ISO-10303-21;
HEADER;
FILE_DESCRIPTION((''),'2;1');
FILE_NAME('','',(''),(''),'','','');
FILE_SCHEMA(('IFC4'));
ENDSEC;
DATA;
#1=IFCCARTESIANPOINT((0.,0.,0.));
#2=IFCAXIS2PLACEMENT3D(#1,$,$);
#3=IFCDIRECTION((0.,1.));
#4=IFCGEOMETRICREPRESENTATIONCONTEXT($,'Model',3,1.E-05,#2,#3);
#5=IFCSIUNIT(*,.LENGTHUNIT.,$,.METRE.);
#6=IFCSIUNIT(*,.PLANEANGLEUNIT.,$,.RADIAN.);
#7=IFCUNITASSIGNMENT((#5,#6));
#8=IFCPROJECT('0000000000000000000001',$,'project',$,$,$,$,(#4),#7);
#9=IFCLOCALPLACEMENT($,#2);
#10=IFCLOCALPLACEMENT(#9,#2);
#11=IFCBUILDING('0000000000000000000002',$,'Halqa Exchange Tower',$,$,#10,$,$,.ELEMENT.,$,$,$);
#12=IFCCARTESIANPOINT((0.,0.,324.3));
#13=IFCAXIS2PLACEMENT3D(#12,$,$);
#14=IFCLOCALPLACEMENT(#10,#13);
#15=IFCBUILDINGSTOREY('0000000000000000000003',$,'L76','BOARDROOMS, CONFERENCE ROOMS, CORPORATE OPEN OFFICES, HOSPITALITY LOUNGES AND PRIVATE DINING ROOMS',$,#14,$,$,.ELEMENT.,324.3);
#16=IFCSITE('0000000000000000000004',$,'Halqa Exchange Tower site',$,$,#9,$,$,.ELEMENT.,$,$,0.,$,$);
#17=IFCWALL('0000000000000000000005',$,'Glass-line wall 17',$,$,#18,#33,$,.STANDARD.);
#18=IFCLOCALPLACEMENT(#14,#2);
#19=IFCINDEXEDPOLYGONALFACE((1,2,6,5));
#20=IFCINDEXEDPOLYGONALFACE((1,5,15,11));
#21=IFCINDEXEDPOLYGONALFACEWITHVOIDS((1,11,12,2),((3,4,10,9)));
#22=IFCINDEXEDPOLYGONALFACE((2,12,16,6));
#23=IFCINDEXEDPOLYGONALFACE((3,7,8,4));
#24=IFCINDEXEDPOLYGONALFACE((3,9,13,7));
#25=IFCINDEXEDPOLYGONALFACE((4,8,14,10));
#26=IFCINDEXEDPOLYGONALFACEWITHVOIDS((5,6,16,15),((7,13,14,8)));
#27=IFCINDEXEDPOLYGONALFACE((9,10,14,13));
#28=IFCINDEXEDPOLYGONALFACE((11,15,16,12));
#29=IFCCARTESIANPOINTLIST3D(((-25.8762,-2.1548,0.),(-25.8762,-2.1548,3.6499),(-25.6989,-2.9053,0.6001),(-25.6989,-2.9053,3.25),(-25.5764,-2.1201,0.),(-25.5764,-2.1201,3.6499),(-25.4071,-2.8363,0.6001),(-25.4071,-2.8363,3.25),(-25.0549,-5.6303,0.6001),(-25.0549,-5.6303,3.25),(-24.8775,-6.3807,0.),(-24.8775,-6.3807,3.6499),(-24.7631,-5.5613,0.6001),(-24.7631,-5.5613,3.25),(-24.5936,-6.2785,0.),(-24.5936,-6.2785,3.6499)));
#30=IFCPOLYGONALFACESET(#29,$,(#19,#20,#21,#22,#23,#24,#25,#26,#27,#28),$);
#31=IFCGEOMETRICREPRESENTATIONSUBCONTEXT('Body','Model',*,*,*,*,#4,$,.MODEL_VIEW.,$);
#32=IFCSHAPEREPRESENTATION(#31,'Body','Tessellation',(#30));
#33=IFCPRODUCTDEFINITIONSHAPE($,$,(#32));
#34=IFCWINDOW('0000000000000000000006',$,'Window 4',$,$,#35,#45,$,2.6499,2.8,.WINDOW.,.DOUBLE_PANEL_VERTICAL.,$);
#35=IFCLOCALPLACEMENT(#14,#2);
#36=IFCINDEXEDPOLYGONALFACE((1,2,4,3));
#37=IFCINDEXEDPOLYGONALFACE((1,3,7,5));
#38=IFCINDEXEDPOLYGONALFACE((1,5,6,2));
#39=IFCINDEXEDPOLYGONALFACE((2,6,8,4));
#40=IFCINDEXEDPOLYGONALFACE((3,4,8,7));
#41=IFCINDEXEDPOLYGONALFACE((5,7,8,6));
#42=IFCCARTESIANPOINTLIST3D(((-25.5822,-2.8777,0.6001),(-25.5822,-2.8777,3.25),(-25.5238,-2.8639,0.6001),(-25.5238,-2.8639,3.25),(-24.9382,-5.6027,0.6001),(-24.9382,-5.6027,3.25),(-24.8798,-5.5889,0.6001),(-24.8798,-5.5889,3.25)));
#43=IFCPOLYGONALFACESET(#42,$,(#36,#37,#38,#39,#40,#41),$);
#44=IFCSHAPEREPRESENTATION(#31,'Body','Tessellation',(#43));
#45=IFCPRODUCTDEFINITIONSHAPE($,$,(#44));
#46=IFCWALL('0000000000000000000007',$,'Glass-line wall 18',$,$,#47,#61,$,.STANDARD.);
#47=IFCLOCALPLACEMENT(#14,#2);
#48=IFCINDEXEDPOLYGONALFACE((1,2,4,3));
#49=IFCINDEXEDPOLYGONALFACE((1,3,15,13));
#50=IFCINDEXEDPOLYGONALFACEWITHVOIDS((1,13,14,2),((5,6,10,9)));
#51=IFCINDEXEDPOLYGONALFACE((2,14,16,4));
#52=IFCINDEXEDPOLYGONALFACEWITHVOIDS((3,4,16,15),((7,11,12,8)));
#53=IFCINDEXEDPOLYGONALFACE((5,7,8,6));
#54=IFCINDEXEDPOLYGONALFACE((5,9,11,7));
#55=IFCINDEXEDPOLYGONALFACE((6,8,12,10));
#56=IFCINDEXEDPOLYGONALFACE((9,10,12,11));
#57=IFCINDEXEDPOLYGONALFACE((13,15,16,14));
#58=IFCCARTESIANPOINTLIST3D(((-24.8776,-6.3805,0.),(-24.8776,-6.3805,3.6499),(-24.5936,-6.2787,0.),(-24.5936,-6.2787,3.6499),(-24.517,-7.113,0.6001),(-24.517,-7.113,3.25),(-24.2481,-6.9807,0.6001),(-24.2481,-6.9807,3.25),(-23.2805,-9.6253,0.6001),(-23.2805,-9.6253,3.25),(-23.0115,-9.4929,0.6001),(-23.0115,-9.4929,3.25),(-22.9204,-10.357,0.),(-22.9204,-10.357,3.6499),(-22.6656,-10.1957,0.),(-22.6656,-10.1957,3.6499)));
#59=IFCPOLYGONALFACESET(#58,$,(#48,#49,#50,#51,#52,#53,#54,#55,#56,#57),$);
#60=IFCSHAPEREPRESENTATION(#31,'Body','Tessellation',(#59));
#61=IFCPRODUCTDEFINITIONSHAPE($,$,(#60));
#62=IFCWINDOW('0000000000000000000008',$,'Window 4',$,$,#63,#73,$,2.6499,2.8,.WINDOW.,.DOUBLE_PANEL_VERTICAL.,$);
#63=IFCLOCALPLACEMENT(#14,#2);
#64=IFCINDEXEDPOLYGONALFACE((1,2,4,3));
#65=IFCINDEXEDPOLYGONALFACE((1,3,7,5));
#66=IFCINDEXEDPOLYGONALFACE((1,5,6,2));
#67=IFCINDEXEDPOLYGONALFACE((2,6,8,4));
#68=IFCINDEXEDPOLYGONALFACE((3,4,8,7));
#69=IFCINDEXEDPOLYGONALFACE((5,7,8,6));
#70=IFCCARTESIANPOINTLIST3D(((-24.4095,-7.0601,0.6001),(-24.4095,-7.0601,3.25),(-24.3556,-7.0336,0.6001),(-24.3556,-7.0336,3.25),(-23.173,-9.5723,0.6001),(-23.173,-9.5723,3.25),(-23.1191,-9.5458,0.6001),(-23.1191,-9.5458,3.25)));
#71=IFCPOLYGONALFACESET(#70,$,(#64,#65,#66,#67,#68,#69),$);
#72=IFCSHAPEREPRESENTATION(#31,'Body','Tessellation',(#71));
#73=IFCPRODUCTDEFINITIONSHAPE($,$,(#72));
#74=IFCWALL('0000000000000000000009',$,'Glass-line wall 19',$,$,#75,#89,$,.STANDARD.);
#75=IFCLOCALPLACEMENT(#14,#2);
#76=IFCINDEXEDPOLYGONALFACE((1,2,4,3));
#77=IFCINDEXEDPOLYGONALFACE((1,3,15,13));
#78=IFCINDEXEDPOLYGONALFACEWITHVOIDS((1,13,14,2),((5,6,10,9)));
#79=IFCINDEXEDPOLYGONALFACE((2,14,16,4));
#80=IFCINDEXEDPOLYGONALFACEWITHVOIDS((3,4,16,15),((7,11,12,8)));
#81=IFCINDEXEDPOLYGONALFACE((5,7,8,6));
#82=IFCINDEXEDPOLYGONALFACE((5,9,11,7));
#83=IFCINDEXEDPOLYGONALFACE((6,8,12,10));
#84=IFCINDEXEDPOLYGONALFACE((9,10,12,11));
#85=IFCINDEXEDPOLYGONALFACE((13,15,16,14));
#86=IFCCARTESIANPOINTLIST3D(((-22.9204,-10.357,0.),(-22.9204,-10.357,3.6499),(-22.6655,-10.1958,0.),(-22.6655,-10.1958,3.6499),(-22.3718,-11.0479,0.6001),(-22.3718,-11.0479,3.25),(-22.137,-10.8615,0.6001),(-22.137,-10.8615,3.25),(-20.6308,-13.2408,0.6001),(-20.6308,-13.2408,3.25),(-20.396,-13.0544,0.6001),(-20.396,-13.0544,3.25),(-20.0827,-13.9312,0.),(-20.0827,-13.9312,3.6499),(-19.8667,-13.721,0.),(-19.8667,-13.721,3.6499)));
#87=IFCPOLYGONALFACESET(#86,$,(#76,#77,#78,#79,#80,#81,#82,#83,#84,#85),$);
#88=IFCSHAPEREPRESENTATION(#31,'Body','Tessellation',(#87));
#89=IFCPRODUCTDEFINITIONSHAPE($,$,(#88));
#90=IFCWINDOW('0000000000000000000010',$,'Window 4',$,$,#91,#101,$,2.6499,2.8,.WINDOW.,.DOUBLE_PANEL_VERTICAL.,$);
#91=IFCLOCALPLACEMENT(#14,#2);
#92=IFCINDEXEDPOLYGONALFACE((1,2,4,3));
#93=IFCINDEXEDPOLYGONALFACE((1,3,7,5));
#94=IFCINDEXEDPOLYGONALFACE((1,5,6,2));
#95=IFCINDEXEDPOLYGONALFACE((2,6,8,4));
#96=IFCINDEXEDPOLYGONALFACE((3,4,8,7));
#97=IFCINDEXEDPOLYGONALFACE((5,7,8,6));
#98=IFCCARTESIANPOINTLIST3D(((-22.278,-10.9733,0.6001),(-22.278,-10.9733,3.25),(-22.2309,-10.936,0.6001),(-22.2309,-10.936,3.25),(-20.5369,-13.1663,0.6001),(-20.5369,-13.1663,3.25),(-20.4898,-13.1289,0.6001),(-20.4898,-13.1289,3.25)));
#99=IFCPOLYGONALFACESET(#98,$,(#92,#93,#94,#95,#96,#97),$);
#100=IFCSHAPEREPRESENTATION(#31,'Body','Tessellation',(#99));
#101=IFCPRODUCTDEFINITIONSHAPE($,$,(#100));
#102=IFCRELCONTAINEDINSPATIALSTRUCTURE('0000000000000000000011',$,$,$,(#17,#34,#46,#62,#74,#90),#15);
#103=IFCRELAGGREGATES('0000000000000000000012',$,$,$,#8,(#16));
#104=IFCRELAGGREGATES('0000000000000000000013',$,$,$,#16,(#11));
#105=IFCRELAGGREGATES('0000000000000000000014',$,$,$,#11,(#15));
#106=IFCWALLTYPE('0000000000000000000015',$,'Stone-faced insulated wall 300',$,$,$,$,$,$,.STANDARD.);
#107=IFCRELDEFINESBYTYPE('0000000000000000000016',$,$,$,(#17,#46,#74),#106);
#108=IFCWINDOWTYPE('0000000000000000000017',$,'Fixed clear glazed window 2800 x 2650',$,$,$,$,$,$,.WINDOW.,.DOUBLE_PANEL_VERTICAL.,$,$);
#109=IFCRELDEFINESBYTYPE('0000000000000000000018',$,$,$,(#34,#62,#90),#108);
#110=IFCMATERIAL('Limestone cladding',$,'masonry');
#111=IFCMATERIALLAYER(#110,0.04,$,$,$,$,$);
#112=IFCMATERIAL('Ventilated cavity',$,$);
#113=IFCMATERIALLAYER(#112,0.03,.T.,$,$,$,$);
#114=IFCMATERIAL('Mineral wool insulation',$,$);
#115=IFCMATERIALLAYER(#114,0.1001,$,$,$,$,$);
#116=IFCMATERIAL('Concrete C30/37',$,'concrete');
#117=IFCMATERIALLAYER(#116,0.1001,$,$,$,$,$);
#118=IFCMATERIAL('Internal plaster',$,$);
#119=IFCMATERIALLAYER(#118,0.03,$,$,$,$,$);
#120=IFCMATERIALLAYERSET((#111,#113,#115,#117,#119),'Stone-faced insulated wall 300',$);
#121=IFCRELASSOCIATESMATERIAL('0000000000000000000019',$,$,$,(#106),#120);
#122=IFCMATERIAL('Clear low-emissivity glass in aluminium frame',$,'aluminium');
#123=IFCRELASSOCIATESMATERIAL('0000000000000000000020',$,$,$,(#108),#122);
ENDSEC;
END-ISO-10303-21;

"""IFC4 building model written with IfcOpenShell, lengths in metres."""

from ifc_helpers import new_model, si_unit, direction, frame, frame_2d, origin, place, context, subcontext, project, spatial, polyline, rectangle, outline, extrude, material, layer, layer_set, type_object, element, fill, save


model = new_model("IFC4")

# Units and contexts
model_context = context("Model", 3, precision=1e-05, world=origin(), true_north=direction((0.0, 1.0)))
body_context = subcontext(model_context, "Body", "Model", "MODEL_VIEW")
ifc_project = project(units=[si_unit("LENGTHUNIT", "METRE"), si_unit("PLANEANGLEUNIT", "RADIAN")], contexts=[model_context])

# Site, building, storey
site_placement = place(None, origin())
site = spatial("IfcSite", under=ifc_project, at=site_placement, Name="Halqa Exchange Tower site", CompositionType="ELEMENT", RefElevation=0.0)
building_placement = place(site_placement, origin())
building = spatial("IfcBuilding", under=site, at=building_placement, Name="Halqa Exchange Tower", CompositionType="ELEMENT")
storey_placement = place(building_placement, frame((0.0, 0.0, 324.3)))
storey = spatial("IfcBuildingStorey", under=building, at=storey_placement, Name="L76", Description="BOARDROOMS, CONFERENCE ROOMS, CORPORATE OPEN OFFICES, HOSPITALITY LOUNGES AND PRIVATE DINING ROOMS", CompositionType="ELEMENT", Elevation=324.3)

# Walls, openings, windows
ifc_material_1 = material(Name="Limestone cladding", Category="masonry")
ifc_layer_1 = layer(ifc_material_1, 0.04)
ifc_material_2 = material(Name="Ventilated cavity")
ifc_layer_2 = layer(ifc_material_2, 0.03, ventilated=True)
ifc_material_3 = material(Name="Mineral wool insulation")
ifc_layer_3 = layer(ifc_material_3, 0.1001)
ifc_material_4 = material(Name="Concrete C30/37", Category="concrete")
ifc_layer_4 = layer(ifc_material_4, 0.1001)
ifc_material_5 = material(Name="Internal plaster")
ifc_layer_5 = layer(ifc_material_5, 0.03)
ifc_layer_set_1 = layer_set([ifc_layer_1, ifc_layer_2, ifc_layer_3, ifc_layer_4, ifc_layer_5], Name="Stone-faced insulated wall 300")
wall_type_1 = type_object("IfcWallType", Name="Stone-faced insulated wall 300", PredefinedType="STANDARD", material=ifc_layer_set_1)
wall_1_placement = place(storey_placement, frame((-25.7263, -2.1375, 0.0), z_axis=(0.0, 0.0, 1.0), x_axis=(0.229993, -0.973192, 0.0)))
wall_1 = element("IfcWall", 1, at=wall_1_placement, inside=storey, type_object=wall_type_1, Name="Glass-line wall 17", PredefinedType="STANDARD", context=body_context, shape_type="SweptSolid", body=[
    extrude(outline(polyline([(-0.0176, -0.1499), (4.3247, -0.1499), (4.2905, 0.1499), (0.0176, 0.1499), (-0.0176, -0.1499)])), origin(), (0.0, 0.0, 1.0), 3.6499),
])
opening_1_placement = place(wall_1_placement, frame((0.7537, 0.0, 0.6001)))
opening_1 = element("IfcOpeningElement", 2, at=opening_1_placement, cuts=wall_1, PredefinedType="OPENING", context=body_context, shape_type="SweptSolid", body=[
    extrude(rectangle(XDim=2.8, YDim=2.6499, at=frame_2d((1.3999, 1.325))), frame((0.0, 0.1621, 0.0), z_axis=(0.0, -1.0, 0.0), x_axis=(1.0, 0.0, 0.0)), (0.0, 0.0, 1.0), 0.324),
])
ifc_material_6 = material(Name="Clear low-emissivity glass in aluminium frame", Category="aluminium")
window_type = type_object("IfcWindowType", Name="Fixed clear glazed window 2800 x 2650", PartitioningType="DOUBLE_PANEL_VERTICAL", PredefinedType="WINDOW", material=ifc_material_6)
window_1_placement = place(opening_1_placement, origin())
window_1 = element("IfcWindow", 3, at=window_1_placement, inside=storey, type_object=window_type, Name="Window 4", OverallHeight=2.6499, OverallWidth=2.8, PartitioningType="DOUBLE_PANEL_VERTICAL", PredefinedType="WINDOW", context=body_context, shape_type="SweptSolid", body=[
    extrude(rectangle(XDim=2.8, YDim=2.6499, at=frame_2d((1.3999, 1.325))), frame((0.0, 0.03, 0.0), z_axis=(0.0, -1.0, 0.0), x_axis=(1.0, 0.0, 0.0)), (0.0, 0.0, 1.0), 0.0601),
])
fill(opening_1, window_1)
wall_2_placement = place(storey_placement, frame((-24.7356, -6.3296, 0.0), z_axis=(0.0, 0.0, 1.0), x_axis=(0.44161, -0.897207, 0.0)))
wall_2 = element("IfcWall", 4, at=wall_2_placement, inside=storey, type_object=wall_type_1, Name="Glass-line wall 18", PredefinedType="STANDARD", context=body_context, shape_type="SweptSolid", body=[
    extrude(outline(polyline([(-0.0171, -0.1499), (4.415, -0.1499), (4.3828, 0.1499), (0.0171, 0.1499), (-0.0171, -0.1499)])), origin(), (0.0, 0.0, 1.0), 3.6499),
])
opening_2_placement = place(wall_2_placement, frame((0.7996, 0.0, 0.6001)))
opening_2 = element("IfcOpeningElement", 5, at=opening_2_placement, cuts=wall_2, PredefinedType="OPENING", context=body_context, shape_type="SweptSolid", body=[
    extrude(rectangle(XDim=2.8, YDim=2.6499, at=frame_2d((1.3999, 1.325))), frame((0.0, 0.1621, 0.0), z_axis=(0.0, -1.0, 0.0), x_axis=(1.0, 0.0, 0.0)), (0.0, 0.0, 1.0), 0.324),
])
window_2_placement = place(opening_2_placement, origin())
window_2 = element("IfcWindow", 6, at=window_2_placement, inside=storey, type_object=window_type, Name="Window 4", OverallHeight=2.6499, OverallWidth=2.8, PartitioningType="DOUBLE_PANEL_VERTICAL", PredefinedType="WINDOW", context=body_context, shape_type="SweptSolid", body=[
    extrude(rectangle(XDim=2.8, YDim=2.6499, at=frame_2d((1.3999, 1.325))), frame((0.0, 0.03, 0.0), z_axis=(0.0, -1.0, 0.0), x_axis=(1.0, 0.0, 0.0)), (0.0, 0.0, 1.0), 0.0601),
])
fill(opening_2, window_2)
wall_3_placement = place(storey_placement, frame((-22.793, -10.2764, 0.0), z_axis=(0.0, 0.0, 1.0), x_axis=(0.621801, -0.783176, 0.0)))
wall_3 = element("IfcWall", 7, at=wall_3_placement, inside=storey, type_object=wall_type_1, Name="Glass-line wall 19", PredefinedType="STANDARD", context=body_context, shape_type="SweptSolid", body=[
    extrude(outline(polyline([(-0.0161, -0.1499), (4.5476, -0.1499), (4.5173, 0.1499), (0.0161, 0.1499), (-0.0161, -0.1499)])), origin(), (0.0, 0.0, 1.0), 3.6499),
])
opening_3_placement = place(wall_3_placement, frame((0.8662, 0.0, 0.6001)))
opening_3 = element("IfcOpeningElement", 8, at=opening_3_placement, cuts=wall_3, PredefinedType="OPENING", context=body_context, shape_type="SweptSolid", body=[
    extrude(rectangle(XDim=2.8, YDim=2.6499, at=frame_2d((1.3999, 1.325))), frame((0.0, 0.1621, 0.0), z_axis=(0.0, -1.0, 0.0), x_axis=(1.0, 0.0, 0.0)), (0.0, 0.0, 1.0), 0.324),
])
window_3_placement = place(opening_3_placement, origin())
window_3 = element("IfcWindow", 9, at=window_3_placement, inside=storey, type_object=window_type, Name="Window 4", OverallHeight=2.6499, OverallWidth=2.8, PartitioningType="DOUBLE_PANEL_VERTICAL", PredefinedType="WINDOW", context=body_context, shape_type="SweptSolid", body=[
    extrude(rectangle(XDim=2.8, YDim=2.6499, at=frame_2d((1.3999, 1.325))), frame((0.0, 0.03, 0.0), z_axis=(0.0, -1.0, 0.0), x_axis=(1.0, 0.0, 0.0)), (0.0, 0.0, 1.0), 0.0601),
])
fill(opening_3, window_3)

save(model, "model.ifc")
